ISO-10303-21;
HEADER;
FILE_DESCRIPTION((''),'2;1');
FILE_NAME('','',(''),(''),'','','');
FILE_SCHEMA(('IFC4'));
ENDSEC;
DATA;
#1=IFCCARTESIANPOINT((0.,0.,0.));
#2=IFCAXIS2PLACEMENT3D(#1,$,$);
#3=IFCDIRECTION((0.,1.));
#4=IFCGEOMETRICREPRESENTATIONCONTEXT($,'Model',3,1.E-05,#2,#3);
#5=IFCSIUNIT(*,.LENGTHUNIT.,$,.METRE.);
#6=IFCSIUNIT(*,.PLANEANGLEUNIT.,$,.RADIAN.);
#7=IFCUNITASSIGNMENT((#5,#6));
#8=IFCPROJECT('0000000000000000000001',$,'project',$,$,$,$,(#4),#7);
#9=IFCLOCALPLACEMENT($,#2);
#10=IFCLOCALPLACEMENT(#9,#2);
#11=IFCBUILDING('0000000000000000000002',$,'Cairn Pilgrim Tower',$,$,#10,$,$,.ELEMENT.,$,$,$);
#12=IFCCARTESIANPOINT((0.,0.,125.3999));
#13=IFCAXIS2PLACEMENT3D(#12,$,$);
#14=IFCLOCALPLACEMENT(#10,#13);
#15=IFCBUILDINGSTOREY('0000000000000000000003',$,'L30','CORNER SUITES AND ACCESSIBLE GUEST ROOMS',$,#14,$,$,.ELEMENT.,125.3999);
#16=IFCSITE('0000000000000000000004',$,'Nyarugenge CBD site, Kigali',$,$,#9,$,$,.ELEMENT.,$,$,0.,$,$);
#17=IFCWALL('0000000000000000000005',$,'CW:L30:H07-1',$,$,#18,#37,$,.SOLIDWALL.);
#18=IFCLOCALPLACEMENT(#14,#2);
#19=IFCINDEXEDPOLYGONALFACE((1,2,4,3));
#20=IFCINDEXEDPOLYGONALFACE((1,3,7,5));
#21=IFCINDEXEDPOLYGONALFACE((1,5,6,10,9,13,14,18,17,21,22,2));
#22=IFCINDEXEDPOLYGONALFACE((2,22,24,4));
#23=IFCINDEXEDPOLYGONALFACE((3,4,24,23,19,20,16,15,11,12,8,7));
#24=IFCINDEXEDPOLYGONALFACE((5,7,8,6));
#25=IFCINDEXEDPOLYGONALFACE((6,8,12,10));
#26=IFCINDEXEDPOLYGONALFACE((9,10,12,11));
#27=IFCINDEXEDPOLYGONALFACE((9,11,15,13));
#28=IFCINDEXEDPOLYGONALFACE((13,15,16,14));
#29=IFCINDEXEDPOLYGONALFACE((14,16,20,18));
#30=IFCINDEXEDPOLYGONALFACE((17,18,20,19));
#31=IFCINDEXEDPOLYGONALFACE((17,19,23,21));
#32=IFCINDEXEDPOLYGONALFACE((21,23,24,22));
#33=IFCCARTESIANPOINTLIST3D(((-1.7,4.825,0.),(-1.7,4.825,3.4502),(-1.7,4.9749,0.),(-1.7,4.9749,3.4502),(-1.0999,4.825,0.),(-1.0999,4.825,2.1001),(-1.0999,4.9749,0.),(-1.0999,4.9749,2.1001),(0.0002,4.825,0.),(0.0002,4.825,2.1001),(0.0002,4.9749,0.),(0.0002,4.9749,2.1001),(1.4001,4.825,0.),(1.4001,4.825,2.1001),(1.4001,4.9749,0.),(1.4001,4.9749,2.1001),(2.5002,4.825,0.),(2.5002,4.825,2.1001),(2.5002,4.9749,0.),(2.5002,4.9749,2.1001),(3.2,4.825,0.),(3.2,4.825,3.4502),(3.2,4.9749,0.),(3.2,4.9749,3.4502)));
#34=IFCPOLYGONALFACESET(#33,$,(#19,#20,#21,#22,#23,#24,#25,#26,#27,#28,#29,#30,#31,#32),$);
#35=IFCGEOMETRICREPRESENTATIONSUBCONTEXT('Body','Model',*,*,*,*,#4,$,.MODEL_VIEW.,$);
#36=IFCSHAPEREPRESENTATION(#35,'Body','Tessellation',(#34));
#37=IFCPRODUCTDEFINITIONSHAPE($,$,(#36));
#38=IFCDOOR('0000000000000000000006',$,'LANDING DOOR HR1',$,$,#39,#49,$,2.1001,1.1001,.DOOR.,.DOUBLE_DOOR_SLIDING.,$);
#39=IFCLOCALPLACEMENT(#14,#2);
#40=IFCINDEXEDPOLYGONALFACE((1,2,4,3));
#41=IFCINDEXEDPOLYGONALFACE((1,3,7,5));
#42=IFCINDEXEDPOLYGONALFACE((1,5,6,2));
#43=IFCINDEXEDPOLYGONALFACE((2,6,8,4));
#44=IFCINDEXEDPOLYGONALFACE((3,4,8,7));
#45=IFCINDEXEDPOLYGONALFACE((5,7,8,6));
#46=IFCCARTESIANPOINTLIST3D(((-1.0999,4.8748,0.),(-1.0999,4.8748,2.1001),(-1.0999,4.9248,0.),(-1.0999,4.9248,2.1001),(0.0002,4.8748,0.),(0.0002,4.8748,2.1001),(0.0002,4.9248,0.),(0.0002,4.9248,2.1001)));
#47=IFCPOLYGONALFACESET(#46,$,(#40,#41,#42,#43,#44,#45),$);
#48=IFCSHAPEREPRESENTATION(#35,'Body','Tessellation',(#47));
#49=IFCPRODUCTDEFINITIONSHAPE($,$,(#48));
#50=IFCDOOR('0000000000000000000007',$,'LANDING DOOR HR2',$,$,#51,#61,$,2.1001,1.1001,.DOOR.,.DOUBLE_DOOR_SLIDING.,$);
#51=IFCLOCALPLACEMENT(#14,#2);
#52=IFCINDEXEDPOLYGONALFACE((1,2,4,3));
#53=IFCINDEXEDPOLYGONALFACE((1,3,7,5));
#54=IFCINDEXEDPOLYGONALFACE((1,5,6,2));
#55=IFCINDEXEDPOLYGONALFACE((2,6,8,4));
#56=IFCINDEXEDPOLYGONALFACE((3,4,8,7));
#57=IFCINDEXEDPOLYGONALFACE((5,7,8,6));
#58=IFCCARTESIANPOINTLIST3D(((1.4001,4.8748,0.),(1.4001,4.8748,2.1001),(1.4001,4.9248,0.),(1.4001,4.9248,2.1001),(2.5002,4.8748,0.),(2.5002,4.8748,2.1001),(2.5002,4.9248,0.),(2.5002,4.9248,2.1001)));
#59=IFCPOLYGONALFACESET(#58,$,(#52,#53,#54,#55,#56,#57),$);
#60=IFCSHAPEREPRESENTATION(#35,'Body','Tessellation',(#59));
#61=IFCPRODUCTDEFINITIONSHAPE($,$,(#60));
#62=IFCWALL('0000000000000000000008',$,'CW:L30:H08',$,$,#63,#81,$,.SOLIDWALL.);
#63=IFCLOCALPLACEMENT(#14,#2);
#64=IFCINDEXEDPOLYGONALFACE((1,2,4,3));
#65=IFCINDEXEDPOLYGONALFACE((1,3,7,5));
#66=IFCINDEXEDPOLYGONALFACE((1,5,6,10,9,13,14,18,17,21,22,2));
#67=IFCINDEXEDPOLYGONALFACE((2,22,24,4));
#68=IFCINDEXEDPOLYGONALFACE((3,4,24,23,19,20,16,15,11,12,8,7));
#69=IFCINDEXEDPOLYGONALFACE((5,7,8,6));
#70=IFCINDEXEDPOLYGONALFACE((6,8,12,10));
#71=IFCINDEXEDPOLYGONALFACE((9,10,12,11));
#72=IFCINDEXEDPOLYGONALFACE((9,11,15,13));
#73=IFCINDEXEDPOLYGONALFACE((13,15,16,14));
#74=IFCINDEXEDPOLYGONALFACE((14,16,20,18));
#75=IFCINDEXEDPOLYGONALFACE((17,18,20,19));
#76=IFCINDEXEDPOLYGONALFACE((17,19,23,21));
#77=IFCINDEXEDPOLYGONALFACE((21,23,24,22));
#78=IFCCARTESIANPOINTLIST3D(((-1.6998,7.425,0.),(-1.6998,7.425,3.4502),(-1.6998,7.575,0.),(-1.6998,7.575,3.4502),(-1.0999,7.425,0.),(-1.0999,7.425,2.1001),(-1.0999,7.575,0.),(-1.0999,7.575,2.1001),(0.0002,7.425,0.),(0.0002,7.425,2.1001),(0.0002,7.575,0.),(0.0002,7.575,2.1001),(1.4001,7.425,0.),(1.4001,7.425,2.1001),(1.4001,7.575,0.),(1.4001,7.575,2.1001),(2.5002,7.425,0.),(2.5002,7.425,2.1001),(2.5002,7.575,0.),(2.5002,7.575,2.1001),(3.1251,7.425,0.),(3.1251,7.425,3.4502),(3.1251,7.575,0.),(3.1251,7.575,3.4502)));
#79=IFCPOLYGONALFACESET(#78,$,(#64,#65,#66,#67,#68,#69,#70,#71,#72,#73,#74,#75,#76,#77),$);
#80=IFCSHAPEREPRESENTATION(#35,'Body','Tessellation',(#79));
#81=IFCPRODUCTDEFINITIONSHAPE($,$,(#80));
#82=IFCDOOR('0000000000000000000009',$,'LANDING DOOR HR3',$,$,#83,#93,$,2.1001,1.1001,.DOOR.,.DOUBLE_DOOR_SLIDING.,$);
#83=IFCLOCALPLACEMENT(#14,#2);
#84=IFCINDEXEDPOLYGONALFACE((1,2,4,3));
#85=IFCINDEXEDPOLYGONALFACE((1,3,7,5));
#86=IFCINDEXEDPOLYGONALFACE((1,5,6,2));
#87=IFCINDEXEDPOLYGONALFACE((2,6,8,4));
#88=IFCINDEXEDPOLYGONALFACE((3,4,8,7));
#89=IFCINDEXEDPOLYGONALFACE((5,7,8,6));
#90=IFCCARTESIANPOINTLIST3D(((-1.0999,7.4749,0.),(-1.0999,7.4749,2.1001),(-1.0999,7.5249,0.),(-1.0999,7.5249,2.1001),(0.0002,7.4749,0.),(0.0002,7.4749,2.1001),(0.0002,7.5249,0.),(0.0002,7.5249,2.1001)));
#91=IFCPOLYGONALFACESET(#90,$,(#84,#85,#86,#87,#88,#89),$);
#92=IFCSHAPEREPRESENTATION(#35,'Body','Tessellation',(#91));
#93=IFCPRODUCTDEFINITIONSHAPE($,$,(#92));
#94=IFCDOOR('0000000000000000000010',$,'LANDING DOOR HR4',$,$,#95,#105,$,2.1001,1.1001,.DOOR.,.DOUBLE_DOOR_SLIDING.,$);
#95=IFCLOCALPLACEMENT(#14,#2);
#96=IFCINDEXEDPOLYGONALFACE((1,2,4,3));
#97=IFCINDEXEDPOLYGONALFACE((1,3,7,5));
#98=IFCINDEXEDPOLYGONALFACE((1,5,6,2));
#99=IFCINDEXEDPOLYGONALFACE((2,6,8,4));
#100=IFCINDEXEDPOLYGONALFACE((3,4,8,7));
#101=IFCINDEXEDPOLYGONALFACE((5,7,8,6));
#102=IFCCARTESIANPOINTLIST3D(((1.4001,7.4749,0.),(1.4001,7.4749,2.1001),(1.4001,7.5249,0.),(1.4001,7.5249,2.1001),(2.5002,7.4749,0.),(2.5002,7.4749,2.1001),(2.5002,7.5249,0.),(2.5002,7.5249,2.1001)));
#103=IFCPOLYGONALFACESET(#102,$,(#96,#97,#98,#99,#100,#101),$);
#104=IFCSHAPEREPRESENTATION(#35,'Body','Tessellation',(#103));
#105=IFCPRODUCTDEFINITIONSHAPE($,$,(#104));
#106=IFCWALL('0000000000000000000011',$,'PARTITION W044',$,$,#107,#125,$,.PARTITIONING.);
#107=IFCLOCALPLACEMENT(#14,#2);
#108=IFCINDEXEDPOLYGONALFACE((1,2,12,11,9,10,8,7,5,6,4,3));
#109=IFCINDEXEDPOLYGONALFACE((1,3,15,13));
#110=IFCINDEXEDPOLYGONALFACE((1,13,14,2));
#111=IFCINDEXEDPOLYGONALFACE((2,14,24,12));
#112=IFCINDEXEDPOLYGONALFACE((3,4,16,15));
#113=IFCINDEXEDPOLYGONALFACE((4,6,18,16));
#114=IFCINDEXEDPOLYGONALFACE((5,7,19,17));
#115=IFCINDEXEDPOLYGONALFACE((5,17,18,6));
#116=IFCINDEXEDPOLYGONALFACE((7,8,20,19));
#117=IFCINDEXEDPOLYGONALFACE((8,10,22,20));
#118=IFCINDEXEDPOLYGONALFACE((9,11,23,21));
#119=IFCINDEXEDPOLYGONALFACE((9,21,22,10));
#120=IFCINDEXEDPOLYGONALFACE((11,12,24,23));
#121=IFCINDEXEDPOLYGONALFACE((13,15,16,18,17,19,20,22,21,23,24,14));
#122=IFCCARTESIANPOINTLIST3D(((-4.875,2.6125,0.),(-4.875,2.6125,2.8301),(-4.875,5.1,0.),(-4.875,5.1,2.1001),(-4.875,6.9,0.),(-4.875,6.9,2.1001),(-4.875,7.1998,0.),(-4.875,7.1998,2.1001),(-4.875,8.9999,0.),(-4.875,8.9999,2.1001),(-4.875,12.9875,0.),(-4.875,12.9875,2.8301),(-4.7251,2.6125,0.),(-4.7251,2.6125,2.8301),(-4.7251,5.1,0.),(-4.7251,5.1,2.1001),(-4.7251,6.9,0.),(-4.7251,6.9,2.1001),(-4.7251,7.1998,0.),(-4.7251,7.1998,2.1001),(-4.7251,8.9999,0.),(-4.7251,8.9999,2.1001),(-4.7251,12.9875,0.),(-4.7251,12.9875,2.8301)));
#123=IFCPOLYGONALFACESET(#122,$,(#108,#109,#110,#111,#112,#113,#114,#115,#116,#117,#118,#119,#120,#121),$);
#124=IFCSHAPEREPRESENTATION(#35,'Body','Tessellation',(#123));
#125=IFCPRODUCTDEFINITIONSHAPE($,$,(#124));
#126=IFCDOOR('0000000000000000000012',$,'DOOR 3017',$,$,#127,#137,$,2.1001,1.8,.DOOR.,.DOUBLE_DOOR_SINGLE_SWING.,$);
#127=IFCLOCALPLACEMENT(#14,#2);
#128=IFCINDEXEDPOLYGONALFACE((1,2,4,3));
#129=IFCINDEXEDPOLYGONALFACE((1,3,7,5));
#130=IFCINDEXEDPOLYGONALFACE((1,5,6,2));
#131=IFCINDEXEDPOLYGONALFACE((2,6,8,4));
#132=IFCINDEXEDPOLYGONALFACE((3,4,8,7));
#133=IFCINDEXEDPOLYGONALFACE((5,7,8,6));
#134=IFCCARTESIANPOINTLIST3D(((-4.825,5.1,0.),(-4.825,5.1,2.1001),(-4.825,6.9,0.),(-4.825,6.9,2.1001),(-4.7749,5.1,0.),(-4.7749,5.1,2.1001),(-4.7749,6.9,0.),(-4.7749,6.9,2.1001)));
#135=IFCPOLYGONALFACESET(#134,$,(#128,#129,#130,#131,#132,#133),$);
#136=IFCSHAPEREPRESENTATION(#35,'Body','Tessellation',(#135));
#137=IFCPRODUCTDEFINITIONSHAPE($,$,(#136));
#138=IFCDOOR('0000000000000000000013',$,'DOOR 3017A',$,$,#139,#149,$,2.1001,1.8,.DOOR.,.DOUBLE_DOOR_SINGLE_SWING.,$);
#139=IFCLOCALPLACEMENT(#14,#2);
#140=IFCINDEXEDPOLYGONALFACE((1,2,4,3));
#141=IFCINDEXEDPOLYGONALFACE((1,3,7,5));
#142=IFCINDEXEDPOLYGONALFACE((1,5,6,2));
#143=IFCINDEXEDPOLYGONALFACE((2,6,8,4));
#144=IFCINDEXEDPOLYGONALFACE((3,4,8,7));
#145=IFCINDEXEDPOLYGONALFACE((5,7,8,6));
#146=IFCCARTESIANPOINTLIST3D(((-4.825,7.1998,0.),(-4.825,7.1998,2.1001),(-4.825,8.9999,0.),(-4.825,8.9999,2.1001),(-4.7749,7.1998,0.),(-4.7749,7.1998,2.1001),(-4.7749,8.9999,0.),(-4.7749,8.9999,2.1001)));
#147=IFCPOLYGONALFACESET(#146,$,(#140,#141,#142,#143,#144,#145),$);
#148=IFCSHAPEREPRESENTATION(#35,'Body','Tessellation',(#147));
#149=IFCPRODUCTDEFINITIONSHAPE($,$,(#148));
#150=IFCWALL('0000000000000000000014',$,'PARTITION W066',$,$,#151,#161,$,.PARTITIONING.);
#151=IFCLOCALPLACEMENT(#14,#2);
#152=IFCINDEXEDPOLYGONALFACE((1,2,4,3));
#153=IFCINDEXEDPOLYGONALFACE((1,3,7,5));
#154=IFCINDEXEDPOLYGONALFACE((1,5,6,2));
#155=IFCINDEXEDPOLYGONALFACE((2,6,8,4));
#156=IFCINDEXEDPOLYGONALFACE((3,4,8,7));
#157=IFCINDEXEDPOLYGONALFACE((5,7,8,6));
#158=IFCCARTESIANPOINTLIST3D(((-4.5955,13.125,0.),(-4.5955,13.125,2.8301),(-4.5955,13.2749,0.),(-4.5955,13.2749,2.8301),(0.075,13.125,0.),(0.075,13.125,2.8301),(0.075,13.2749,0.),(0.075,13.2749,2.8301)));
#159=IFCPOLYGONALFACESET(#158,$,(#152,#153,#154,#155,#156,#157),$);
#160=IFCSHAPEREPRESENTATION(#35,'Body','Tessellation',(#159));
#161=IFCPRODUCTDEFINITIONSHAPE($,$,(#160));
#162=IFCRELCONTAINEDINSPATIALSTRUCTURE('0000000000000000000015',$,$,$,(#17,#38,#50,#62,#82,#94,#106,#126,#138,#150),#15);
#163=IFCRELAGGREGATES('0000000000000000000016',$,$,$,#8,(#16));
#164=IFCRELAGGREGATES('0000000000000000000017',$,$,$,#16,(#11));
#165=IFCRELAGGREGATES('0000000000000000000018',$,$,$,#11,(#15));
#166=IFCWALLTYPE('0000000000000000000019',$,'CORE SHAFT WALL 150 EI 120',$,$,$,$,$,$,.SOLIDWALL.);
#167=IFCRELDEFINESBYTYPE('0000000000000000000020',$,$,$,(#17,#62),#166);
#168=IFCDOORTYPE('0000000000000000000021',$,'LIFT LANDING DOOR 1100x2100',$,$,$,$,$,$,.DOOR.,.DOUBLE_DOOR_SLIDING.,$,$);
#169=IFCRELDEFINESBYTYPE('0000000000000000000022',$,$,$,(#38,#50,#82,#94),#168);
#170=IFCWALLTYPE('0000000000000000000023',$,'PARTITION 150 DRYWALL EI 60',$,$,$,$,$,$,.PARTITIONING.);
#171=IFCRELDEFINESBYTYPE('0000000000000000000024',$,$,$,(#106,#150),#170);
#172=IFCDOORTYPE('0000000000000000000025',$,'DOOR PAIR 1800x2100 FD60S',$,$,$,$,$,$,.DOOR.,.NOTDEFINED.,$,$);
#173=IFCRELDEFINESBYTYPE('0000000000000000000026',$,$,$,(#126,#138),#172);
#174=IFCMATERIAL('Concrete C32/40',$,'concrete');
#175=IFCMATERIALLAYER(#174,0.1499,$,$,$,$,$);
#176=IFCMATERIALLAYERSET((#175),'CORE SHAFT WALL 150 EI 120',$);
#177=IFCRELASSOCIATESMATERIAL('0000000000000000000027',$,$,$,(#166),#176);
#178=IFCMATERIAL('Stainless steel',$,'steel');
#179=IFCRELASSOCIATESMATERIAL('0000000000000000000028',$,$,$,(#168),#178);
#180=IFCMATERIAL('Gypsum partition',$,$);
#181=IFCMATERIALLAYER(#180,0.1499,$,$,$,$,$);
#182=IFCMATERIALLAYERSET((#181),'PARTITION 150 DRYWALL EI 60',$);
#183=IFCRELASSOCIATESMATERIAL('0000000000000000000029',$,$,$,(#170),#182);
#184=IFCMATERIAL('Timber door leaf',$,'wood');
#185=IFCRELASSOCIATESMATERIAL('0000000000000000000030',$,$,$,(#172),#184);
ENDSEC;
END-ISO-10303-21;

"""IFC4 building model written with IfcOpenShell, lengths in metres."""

from ifc_helpers import new_model, si_unit, direction, frame, frame_2d, origin, place, context, subcontext, project, spatial, rectangle, extrude, material, layer, layer_set, type_object, element, fill, save


model = new_model("IFC4")

# Units and contexts
model_context = context("Model", 3, precision=1e-05, world=origin(), true_north=direction((0.0, 1.0)))
body_context = subcontext(model_context, "Body", "Model", "MODEL_VIEW")
ifc_project = project(units=[si_unit("LENGTHUNIT", "METRE"), si_unit("PLANEANGLEUNIT", "RADIAN")], contexts=[model_context])

# Site, building, storey
site_placement = place(None, origin())
site = spatial("IfcSite", under=ifc_project, at=site_placement, Name="Nyarugenge CBD site, Kigali", CompositionType="ELEMENT", RefElevation=0.0)
building_placement = place(site_placement, origin())
building = spatial("IfcBuilding", under=site, at=building_placement, Name="Cairn Pilgrim Tower", CompositionType="ELEMENT")
storey_placement = place(building_placement, frame((0.0, 0.0, 125.3999)))
storey = spatial("IfcBuildingStorey", under=building, at=storey_placement, Name="L30", Description="CORNER SUITES AND ACCESSIBLE GUEST ROOMS", CompositionType="ELEMENT", Elevation=125.3999)

# Walls, openings, doors
ifc_material_1 = material(Name="Concrete C32/40", Category="concrete")
ifc_layer_1 = layer(ifc_material_1, 0.1499)
ifc_layer_set_1 = layer_set([ifc_layer_1], Name="CORE SHAFT WALL 150 EI 120")
wall_type_1 = type_object("IfcWallType", Name="CORE SHAFT WALL 150 EI 120", PredefinedType="SOLIDWALL", material=ifc_layer_set_1)
wall_1_placement = place(storey_placement, frame((-1.7, 4.8999, 0.0), z_axis=(0.0, 0.0, 1.0), x_axis=(1.0, 0.0, 0.0)))
wall_1 = element("IfcWall", 1, at=wall_1_placement, inside=storey, type_object=wall_type_1, Name="CW:L30:H07-1", PredefinedType="SOLIDWALL", context=body_context, shape_type="SweptSolid", body=[
    extrude(rectangle(XDim=4.8999, YDim=0.1499, at=frame_2d((2.45, 0.0))), origin(), (0.0, 0.0, 1.0), 3.4502),
])
opening_1_placement = place(wall_1_placement, frame((0.6001, 0.0, 0.0)))
opening_1 = element("IfcOpeningElement", 2, at=opening_1_placement, cuts=wall_1, PredefinedType="OPENING", context=body_context, shape_type="SweptSolid", body=[
    extrude(rectangle(XDim=1.1001, YDim=2.1001, at=frame_2d((0.55, 1.05))), frame((0.0, 0.085, 0.0), z_axis=(0.0, -1.0, 0.0), x_axis=(1.0, 0.0, 0.0)), (0.0, 0.0, 1.0), 0.1699),
])
opening_2_placement = place(wall_1_placement, frame((3.1001, 0.0, 0.0)))
opening_2 = element("IfcOpeningElement", 3, at=opening_2_placement, cuts=wall_1, PredefinedType="OPENING", context=body_context, shape_type="SweptSolid", body=[
    extrude(rectangle(XDim=1.1001, YDim=2.1001, at=frame_2d((0.55, 1.05))), frame((0.0, 0.085, 0.0), z_axis=(0.0, -1.0, 0.0), x_axis=(1.0, 0.0, 0.0)), (0.0, 0.0, 1.0), 0.1699),
])
ifc_material_2 = material(Name="Stainless steel", Category="steel")
door_type_1 = type_object("IfcDoorType", Name="LIFT LANDING DOOR 1100x2100", OperationType="DOUBLE_DOOR_SLIDING", PredefinedType="DOOR", material=ifc_material_2)
door_1_placement = place(opening_1_placement, origin())
door_1 = element("IfcDoor", 4, at=door_1_placement, inside=storey, type_object=door_type_1, Name="LANDING DOOR HR1", OperationType="DOUBLE_DOOR_SLIDING", OverallHeight=2.1001, OverallWidth=1.1001, PredefinedType="DOOR", context=body_context, shape_type="SweptSolid", body=[
    extrude(rectangle(XDim=1.1001, YDim=2.1001, at=frame_2d((0.55, 1.05))), frame((0.0, 0.0249, 0.0), z_axis=(0.0, -1.0, 0.0), x_axis=(1.0, 0.0, 0.0)), (0.0, 0.0, 1.0), 0.05),
])
fill(opening_1, door_1)
door_2_placement = place(opening_2_placement, origin())
door_2 = element("IfcDoor", 5, at=door_2_placement, inside=storey, type_object=door_type_1, Name="LANDING DOOR HR2", OperationType="DOUBLE_DOOR_SLIDING", OverallHeight=2.1001, OverallWidth=1.1001, PredefinedType="DOOR", context=body_context, shape_type="SweptSolid", body=[
    extrude(rectangle(XDim=1.1001, YDim=2.1001, at=frame_2d((0.55, 1.05))), frame((0.0, 0.0249, 0.0), z_axis=(0.0, -1.0, 0.0), x_axis=(1.0, 0.0, 0.0)), (0.0, 0.0, 1.0), 0.05),
])
fill(opening_2, door_2)
wall_2_placement = place(storey_placement, frame((-1.7, 7.5, 0.0), z_axis=(0.0, 0.0, 1.0), x_axis=(1.0, 0.0, 0.0)))
wall_2 = element("IfcWall", 6, at=wall_2_placement, inside=storey, type_object=wall_type_1, Name="CW:L30:H08", PredefinedType="SOLIDWALL", context=body_context, shape_type="SweptSolid", body=[
    extrude(rectangle(XDim=4.825, YDim=0.1499, at=frame_2d((2.4126, 0.0))), origin(), (0.0, 0.0, 1.0), 3.4502),
])
opening_3_placement = place(wall_2_placement, frame((0.6001, 0.0, 0.0)))
opening_3 = element("IfcOpeningElement", 7, at=opening_3_placement, cuts=wall_2, PredefinedType="OPENING", context=body_context, shape_type="SweptSolid", body=[
    extrude(rectangle(XDim=1.1001, YDim=2.1001, at=frame_2d((0.55, 1.05))), frame((0.0, 0.085, 0.0), z_axis=(0.0, -1.0, 0.0), x_axis=(1.0, 0.0, 0.0)), (0.0, 0.0, 1.0), 0.1699),
])
opening_4_placement = place(wall_2_placement, frame((3.1001, 0.0, 0.0)))
opening_4 = element("IfcOpeningElement", 8, at=opening_4_placement, cuts=wall_2, PredefinedType="OPENING", context=body_context, shape_type="SweptSolid", body=[
    extrude(rectangle(XDim=1.1001, YDim=2.1001, at=frame_2d((0.55, 1.05))), frame((0.0, 0.085, 0.0), z_axis=(0.0, -1.0, 0.0), x_axis=(1.0, 0.0, 0.0)), (0.0, 0.0, 1.0), 0.1699),
])
door_3_placement = place(opening_3_placement, origin())
door_3 = element("IfcDoor", 9, at=door_3_placement, inside=storey, type_object=door_type_1, Name="LANDING DOOR HR3", OperationType="DOUBLE_DOOR_SLIDING", OverallHeight=2.1001, OverallWidth=1.1001, PredefinedType="DOOR", context=body_context, shape_type="SweptSolid", body=[
    extrude(rectangle(XDim=1.1001, YDim=2.1001, at=frame_2d((0.55, 1.05))), frame((0.0, 0.0249, 0.0), z_axis=(0.0, -1.0, 0.0), x_axis=(1.0, 0.0, 0.0)), (0.0, 0.0, 1.0), 0.05),
])
fill(opening_3, door_3)
door_4_placement = place(opening_4_placement, origin())
door_4 = element("IfcDoor", 10, at=door_4_placement, inside=storey, type_object=door_type_1, Name="LANDING DOOR HR4", OperationType="DOUBLE_DOOR_SLIDING", OverallHeight=2.1001, OverallWidth=1.1001, PredefinedType="DOOR", context=body_context, shape_type="SweptSolid", body=[
    extrude(rectangle(XDim=1.1001, YDim=2.1001, at=frame_2d((0.55, 1.05))), frame((0.0, 0.0249, 0.0), z_axis=(0.0, -1.0, 0.0), x_axis=(1.0, 0.0, 0.0)), (0.0, 0.0, 1.0), 0.05),
])
fill(opening_4, door_4)
ifc_material_3 = material(Name="Gypsum partition")
ifc_layer_2 = layer(ifc_material_3, 0.1499)
ifc_layer_set_2 = layer_set([ifc_layer_2], Name="PARTITION 150 DRYWALL EI 60")
wall_type_2 = type_object("IfcWallType", Name="PARTITION 150 DRYWALL EI 60", PredefinedType="PARTITIONING", material=ifc_layer_set_2)
wall_3_placement = place(storey_placement, frame((-4.8, 2.6125, 0.0), z_axis=(0.0, 0.0, 1.0), x_axis=(0.0, 1.0, 0.0)))
wall_3 = element("IfcWall", 11, at=wall_3_placement, inside=storey, type_object=wall_type_2, Name="PARTITION W044", PredefinedType="PARTITIONING", context=body_context, shape_type="SweptSolid", body=[
    extrude(rectangle(XDim=10.375, YDim=0.1499, at=frame_2d((5.1875, 0.0))), origin(), (0.0, 0.0, 1.0), 2.8301),
])
opening_5_placement = place(wall_3_placement, frame((2.4875, 0.0, 0.0)))
opening_5 = element("IfcOpeningElement", 12, at=opening_5_placement, cuts=wall_3, PredefinedType="OPENING", context=body_context, shape_type="SweptSolid", body=[
    extrude(rectangle(XDim=1.8, YDim=2.1001, at=frame_2d((0.8999, 1.05))), frame((0.0, 0.085, 0.0), z_axis=(0.0, -1.0, 0.0), x_axis=(1.0, 0.0, 0.0)), (0.0, 0.0, 1.0), 0.1699),
])
opening_6_placement = place(wall_3_placement, frame((4.5874, 0.0, 0.0)))
opening_6 = element("IfcOpeningElement", 13, at=opening_6_placement, cuts=wall_3, PredefinedType="OPENING", context=body_context, shape_type="SweptSolid", body=[
    extrude(rectangle(XDim=1.8, YDim=2.1001, at=frame_2d((0.8999, 1.05))), frame((0.0, 0.085, 0.0), z_axis=(0.0, -1.0, 0.0), x_axis=(1.0, 0.0, 0.0)), (0.0, 0.0, 1.0), 0.1699),
])
ifc_material_4 = material(Name="Timber door leaf", Category="wood")
door_type_2 = type_object("IfcDoorType", Name="DOOR PAIR 1800x2100 FD60S", OperationType="NOTDEFINED", PredefinedType="DOOR", material=ifc_material_4)
door_5_placement = place(opening_5_placement, origin())
door_5 = element("IfcDoor", 14, at=door_5_placement, inside=storey, type_object=door_type_2, Name="DOOR 3017", OperationType="DOUBLE_DOOR_SINGLE_SWING", OverallHeight=2.1001, OverallWidth=1.8, PredefinedType="DOOR", context=body_context, shape_type="SweptSolid", body=[
    extrude(rectangle(XDim=1.8, YDim=2.1001, at=frame_2d((0.8999, 1.05))), frame((0.0, 0.0249, 0.0), z_axis=(0.0, -1.0, 0.0), x_axis=(1.0, 0.0, 0.0)), (0.0, 0.0, 1.0), 0.05),
])
fill(opening_5, door_5)
door_6_placement = place(opening_6_placement, origin())
door_6 = element("IfcDoor", 15, at=door_6_placement, inside=storey, type_object=door_type_2, Name="DOOR 3017A", OperationType="DOUBLE_DOOR_SINGLE_SWING", OverallHeight=2.1001, OverallWidth=1.8, PredefinedType="DOOR", context=body_context, shape_type="SweptSolid", body=[
    extrude(rectangle(XDim=1.8, YDim=2.1001, at=frame_2d((0.8999, 1.05))), frame((0.0, 0.0249, 0.0), z_axis=(0.0, -1.0, 0.0), x_axis=(1.0, 0.0, 0.0)), (0.0, 0.0, 1.0), 0.05),
])
fill(opening_6, door_6)

# Wall
wall_4_placement = place(storey_placement, frame((-4.5955, 13.2, 0.0), z_axis=(0.0, 0.0, 1.0), x_axis=(1.0, 0.0, 0.0)))
element("IfcWall", 16, at=wall_4_placement, inside=storey, type_object=wall_type_2, Name="PARTITION W066", PredefinedType="PARTITIONING", context=body_context, shape_type="SweptSolid", body=[
    extrude(rectangle(XDim=4.6704, YDim=0.1499, at=frame_2d((2.3352, 0.0))), origin(), (0.0, 0.0, 1.0), 2.8301),
])

save(model, "model.ifc")
